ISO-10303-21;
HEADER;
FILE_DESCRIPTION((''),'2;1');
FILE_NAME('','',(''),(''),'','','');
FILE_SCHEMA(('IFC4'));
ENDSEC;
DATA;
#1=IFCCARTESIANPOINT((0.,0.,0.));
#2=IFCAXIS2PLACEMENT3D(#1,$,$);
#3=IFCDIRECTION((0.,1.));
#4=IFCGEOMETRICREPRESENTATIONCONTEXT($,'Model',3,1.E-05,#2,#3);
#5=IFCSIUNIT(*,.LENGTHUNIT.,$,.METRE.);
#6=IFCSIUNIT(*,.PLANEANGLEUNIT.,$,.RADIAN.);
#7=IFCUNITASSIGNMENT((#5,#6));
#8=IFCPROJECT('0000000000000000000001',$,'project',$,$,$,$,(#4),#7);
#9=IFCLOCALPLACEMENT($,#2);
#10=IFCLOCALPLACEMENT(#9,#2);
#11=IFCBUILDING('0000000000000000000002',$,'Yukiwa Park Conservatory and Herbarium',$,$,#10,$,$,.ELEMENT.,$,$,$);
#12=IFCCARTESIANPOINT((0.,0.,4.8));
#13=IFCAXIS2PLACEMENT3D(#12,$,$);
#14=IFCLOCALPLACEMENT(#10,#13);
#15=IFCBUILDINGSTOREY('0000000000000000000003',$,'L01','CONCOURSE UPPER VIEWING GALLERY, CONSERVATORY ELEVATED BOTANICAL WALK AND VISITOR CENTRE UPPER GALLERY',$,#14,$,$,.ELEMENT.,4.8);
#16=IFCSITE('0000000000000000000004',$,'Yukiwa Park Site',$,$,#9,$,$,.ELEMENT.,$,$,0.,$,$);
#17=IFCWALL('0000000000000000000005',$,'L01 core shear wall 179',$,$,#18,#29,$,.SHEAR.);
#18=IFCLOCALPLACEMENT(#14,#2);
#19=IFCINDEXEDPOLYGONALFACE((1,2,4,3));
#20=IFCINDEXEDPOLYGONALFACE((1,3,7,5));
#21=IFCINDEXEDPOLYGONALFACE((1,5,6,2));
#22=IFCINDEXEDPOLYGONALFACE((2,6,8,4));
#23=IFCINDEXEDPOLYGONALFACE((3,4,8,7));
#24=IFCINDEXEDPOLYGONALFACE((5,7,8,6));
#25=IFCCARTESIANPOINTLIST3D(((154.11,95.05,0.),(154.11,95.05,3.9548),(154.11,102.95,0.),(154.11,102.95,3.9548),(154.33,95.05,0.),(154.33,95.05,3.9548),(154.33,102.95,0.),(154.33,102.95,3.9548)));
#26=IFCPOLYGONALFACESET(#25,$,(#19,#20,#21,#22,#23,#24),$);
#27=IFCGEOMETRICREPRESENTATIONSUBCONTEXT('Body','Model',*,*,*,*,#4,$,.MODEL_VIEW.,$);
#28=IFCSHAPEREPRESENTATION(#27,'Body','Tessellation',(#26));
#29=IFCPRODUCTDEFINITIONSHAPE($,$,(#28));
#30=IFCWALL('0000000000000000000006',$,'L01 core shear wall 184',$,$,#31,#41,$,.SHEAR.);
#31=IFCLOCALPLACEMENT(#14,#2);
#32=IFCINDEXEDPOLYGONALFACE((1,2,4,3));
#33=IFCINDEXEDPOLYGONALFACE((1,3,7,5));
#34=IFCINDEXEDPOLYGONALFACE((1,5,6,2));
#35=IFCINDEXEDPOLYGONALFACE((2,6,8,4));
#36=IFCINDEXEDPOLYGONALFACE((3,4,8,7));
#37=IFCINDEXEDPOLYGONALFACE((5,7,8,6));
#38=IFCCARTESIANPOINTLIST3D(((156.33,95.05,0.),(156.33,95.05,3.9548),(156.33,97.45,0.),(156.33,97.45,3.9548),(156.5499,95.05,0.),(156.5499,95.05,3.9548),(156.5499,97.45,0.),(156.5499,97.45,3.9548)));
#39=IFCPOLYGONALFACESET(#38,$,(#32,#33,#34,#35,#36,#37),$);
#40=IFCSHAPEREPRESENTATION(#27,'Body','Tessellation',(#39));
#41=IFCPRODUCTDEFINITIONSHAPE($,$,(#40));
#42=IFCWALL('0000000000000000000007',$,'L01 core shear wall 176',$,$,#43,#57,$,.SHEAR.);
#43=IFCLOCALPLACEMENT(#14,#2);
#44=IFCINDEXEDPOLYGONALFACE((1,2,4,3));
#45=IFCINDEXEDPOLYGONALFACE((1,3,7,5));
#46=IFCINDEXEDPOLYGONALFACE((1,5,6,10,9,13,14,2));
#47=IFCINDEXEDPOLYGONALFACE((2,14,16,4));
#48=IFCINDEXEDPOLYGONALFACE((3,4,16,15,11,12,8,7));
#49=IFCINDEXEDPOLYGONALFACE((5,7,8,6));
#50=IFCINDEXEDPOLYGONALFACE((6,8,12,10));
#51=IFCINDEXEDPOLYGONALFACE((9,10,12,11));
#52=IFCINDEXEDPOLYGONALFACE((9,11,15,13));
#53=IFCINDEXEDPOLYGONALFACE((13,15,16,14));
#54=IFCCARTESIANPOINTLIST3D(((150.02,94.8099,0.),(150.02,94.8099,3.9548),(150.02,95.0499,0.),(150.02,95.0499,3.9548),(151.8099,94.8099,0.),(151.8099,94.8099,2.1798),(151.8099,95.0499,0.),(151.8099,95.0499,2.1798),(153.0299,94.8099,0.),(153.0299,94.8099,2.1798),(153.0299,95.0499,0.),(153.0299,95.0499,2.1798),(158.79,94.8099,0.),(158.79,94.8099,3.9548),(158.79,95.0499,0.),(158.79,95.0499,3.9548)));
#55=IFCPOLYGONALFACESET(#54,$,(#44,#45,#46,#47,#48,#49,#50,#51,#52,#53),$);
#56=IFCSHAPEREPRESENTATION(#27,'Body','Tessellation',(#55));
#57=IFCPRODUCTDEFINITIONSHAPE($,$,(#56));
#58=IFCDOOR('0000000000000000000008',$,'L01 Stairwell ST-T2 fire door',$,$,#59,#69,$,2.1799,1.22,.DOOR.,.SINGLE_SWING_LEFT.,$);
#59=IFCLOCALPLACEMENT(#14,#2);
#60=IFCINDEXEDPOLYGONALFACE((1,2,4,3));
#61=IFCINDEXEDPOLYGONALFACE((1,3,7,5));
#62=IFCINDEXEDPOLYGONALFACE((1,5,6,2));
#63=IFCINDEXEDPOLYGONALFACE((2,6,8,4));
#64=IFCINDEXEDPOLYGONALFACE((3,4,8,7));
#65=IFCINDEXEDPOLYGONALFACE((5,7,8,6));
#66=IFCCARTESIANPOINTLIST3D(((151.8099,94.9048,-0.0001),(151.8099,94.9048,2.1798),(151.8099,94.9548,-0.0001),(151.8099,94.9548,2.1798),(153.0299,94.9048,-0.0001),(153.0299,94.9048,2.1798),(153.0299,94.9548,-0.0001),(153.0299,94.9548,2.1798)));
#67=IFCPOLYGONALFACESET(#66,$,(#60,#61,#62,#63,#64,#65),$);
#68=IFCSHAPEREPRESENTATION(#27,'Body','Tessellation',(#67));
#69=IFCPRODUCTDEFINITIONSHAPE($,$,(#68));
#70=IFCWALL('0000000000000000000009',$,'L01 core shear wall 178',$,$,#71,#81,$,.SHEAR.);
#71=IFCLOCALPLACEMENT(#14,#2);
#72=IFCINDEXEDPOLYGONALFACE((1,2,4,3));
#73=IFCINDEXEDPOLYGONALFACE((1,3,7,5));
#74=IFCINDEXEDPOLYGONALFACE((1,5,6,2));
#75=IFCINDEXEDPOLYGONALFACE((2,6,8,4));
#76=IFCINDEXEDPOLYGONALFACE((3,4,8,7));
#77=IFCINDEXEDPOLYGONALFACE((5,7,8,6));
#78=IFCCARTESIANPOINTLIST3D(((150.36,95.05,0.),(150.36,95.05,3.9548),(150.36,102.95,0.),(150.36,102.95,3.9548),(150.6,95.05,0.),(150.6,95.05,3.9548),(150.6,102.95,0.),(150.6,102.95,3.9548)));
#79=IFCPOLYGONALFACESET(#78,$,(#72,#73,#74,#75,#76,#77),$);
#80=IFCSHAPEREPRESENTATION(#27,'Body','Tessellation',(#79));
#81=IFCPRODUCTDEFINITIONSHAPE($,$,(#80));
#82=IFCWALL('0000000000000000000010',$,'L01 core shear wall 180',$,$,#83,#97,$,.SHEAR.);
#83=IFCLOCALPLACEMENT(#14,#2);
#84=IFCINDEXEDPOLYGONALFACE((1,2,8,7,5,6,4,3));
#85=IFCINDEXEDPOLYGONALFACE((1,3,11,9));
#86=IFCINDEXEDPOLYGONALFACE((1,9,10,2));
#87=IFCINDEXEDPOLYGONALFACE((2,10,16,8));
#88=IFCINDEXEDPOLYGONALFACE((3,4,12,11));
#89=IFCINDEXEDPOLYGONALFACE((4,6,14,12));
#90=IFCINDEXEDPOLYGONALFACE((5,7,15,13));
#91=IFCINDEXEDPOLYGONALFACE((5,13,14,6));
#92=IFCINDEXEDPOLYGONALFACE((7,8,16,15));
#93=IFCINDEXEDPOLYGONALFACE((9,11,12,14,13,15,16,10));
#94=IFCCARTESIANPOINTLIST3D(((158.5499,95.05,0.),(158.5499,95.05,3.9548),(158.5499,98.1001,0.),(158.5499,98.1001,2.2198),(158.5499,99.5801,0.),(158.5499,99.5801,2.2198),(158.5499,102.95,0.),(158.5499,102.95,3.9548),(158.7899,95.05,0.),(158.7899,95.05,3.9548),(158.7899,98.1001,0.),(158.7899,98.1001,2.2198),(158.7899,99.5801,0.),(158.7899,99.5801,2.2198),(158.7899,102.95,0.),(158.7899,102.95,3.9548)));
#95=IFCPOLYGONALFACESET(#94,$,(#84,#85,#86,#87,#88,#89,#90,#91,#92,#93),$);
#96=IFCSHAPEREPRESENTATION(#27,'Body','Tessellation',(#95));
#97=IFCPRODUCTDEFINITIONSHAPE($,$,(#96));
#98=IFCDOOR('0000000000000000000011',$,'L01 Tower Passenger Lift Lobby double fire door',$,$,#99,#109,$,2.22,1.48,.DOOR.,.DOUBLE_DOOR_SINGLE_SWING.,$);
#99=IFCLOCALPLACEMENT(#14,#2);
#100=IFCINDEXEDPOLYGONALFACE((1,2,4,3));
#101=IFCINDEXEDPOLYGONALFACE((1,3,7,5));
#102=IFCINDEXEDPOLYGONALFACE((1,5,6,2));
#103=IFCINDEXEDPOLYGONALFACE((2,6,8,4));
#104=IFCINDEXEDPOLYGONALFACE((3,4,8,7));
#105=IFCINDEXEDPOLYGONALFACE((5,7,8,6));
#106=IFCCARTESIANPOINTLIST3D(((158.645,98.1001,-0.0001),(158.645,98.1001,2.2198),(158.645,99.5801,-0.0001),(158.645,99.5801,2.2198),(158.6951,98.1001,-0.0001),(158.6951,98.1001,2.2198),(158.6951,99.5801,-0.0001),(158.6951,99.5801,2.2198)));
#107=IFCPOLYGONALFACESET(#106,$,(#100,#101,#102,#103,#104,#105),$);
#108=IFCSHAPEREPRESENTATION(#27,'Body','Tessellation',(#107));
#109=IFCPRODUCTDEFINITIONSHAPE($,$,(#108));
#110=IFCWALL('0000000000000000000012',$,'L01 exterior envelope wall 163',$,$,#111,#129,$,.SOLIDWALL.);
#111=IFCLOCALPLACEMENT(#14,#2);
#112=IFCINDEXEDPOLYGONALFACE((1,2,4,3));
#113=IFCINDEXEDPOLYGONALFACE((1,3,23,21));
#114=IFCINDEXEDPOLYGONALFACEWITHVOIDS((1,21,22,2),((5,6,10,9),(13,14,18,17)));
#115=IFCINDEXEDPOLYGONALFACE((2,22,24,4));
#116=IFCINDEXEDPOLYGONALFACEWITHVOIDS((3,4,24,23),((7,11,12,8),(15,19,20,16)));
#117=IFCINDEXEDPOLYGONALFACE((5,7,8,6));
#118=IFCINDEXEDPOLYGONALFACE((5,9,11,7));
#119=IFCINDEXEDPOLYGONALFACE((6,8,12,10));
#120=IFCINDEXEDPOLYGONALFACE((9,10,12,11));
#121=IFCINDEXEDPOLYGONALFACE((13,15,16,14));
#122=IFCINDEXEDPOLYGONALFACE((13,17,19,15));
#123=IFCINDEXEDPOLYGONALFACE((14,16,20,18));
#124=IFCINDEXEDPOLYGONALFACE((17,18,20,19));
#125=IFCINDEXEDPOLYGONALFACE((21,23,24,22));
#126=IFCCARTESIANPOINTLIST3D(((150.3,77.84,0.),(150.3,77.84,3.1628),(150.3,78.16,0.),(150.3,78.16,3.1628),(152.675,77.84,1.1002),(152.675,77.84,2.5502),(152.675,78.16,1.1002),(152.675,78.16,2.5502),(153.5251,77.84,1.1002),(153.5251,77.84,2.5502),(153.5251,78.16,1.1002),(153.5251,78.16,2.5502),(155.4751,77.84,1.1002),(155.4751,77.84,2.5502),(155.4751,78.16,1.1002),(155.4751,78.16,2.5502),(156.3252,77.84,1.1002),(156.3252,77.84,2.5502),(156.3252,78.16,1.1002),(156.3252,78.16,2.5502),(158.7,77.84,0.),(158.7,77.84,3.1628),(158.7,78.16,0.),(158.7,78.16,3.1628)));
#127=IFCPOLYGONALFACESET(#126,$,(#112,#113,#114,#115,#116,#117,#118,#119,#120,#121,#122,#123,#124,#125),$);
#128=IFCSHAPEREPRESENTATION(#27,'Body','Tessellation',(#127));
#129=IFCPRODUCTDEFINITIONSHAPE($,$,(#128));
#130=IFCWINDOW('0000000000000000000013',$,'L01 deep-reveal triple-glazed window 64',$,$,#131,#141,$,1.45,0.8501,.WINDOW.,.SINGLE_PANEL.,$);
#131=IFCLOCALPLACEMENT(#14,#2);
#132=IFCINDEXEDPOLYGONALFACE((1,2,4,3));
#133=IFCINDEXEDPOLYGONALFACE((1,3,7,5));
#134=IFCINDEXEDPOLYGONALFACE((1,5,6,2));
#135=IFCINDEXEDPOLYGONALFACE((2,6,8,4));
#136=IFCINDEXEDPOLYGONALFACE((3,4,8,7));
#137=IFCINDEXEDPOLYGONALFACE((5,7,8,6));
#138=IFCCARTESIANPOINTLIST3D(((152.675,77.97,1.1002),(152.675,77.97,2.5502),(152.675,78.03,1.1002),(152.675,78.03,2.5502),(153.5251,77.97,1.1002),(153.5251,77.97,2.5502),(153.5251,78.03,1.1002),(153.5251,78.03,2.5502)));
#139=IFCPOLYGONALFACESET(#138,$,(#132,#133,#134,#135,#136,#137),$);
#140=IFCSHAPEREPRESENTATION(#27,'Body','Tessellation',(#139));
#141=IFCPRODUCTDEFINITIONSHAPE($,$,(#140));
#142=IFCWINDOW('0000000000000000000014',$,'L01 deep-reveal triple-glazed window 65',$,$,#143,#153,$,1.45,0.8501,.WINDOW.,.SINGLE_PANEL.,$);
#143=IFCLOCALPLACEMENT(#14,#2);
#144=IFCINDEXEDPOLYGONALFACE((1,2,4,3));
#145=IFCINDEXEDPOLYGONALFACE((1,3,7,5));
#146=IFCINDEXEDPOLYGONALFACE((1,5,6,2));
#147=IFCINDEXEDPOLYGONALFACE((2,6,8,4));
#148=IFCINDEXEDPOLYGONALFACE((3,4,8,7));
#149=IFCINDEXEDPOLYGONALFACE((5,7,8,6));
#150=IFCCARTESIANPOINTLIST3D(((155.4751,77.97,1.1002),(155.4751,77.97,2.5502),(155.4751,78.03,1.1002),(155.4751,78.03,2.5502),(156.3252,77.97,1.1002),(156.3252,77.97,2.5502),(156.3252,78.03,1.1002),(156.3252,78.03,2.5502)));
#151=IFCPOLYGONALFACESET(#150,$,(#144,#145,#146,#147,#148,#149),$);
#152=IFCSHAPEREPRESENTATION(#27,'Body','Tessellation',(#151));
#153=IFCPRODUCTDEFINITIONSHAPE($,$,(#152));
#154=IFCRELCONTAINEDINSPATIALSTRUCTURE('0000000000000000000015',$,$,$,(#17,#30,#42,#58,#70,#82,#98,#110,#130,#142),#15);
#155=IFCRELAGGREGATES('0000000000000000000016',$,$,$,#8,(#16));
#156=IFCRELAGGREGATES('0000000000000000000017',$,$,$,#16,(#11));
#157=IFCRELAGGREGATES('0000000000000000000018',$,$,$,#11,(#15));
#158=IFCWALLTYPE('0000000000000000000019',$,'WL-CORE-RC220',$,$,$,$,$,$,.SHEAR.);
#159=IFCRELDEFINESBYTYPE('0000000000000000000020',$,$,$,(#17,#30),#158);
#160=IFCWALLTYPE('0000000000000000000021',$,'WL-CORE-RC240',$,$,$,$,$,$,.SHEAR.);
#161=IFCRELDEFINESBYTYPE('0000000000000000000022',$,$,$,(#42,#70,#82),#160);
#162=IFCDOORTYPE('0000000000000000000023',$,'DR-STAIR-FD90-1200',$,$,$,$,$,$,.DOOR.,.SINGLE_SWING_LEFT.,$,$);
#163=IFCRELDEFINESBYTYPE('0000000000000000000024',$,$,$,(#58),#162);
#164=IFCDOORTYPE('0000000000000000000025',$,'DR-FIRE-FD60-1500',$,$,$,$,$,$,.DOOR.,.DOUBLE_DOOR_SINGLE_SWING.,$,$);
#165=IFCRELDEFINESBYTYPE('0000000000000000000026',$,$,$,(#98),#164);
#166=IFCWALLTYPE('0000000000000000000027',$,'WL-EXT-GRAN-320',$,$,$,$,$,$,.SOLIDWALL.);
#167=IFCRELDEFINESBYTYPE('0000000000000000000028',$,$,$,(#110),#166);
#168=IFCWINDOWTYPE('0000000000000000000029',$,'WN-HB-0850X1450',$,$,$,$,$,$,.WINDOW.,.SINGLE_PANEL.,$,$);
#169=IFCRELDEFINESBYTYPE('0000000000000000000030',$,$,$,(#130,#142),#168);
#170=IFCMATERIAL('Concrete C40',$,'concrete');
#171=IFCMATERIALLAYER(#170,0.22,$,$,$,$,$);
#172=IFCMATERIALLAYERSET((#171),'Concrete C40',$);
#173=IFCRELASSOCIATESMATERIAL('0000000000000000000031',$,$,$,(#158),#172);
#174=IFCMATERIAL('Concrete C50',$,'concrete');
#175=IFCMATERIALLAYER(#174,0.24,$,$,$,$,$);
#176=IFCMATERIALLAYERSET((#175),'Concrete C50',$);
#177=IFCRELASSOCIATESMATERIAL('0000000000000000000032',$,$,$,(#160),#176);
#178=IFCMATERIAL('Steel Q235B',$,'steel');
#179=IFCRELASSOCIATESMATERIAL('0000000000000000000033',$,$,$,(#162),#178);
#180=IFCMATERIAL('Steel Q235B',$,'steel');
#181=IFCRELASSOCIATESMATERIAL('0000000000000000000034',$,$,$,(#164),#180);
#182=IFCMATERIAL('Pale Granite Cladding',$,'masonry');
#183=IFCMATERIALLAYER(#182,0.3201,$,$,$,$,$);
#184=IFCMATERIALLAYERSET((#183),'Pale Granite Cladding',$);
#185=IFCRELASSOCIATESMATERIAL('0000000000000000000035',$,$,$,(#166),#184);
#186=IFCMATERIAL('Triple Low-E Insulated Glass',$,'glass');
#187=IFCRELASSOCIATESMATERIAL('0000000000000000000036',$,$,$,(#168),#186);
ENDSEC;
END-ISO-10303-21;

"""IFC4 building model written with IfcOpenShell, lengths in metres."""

from ifc_helpers import new_model, si_unit, direction, frame, frame_2d, origin, place, context, subcontext, project, spatial, rectangle, extrude, material, layer, layer_set, type_object, element, fill, save


model = new_model("IFC4")

# Units and contexts
model_context = context("Model", 3, precision=1e-05, world=origin(), true_north=direction((0.0, 1.0)))
body_context = subcontext(model_context, "Body", "Model", "MODEL_VIEW")
ifc_project = project(units=[si_unit("LENGTHUNIT", "METRE"), si_unit("PLANEANGLEUNIT", "RADIAN")], contexts=[model_context])

# Site, building, storey
site_placement = place(None, origin())
site = spatial("IfcSite", under=ifc_project, at=site_placement, Name="Yukiwa Park Site", CompositionType="ELEMENT", RefElevation=0.0)
building_placement = place(site_placement, origin())
building = spatial("IfcBuilding", under=site, at=building_placement, Name="Yukiwa Park Conservatory and Herbarium", CompositionType="ELEMENT")
storey_placement = place(building_placement, frame((0.0, 0.0, 4.8)))
storey = spatial("IfcBuildingStorey", under=building, at=storey_placement, Name="L01", Description="CONCOURSE UPPER VIEWING GALLERY, CONSERVATORY ELEVATED BOTANICAL WALK AND VISITOR CENTRE UPPER GALLERY", CompositionType="ELEMENT", Elevation=4.8)

# Walls
ifc_material_1 = material(Name="Concrete C40", Category="concrete")
ifc_layer_1 = layer(ifc_material_1, 0.22)
ifc_layer_set_1 = layer_set([ifc_layer_1], Name="Concrete C40")
wall_type_1 = type_object("IfcWallType", Name="WL-CORE-RC220", PredefinedType="SHEAR", material=ifc_layer_set_1)
wall_1_placement = place(storey_placement, frame((154.22, 95.05, 0.0), z_axis=(0.0, 0.0, 1.0), x_axis=(0.0, 1.0, 0.0)))
element("IfcWall", 1, at=wall_1_placement, inside=storey, type_object=wall_type_1, Name="L01 core shear wall 179", PredefinedType="SHEAR", context=body_context, shape_type="SweptSolid", body=[
    extrude(rectangle(XDim=7.8999, YDim=0.22, at=frame_2d((3.95, 0.0))), origin(), (0.0, 0.0, 1.0), 3.9548),
])
wall_2_placement = place(storey_placement, frame((156.4399, 95.05, 0.0), z_axis=(0.0, 0.0, 1.0), x_axis=(0.0, 1.0, 0.0)))
element("IfcWall", 2, at=wall_2_placement, inside=storey, type_object=wall_type_1, Name="L01 core shear wall 184", PredefinedType="SHEAR", context=body_context, shape_type="SweptSolid", body=[
    extrude(rectangle(XDim=2.3999, YDim=0.22, at=frame_2d((1.2, 0.0))), origin(), (0.0, 0.0, 1.0), 3.9548),
])

# Wall, opening, door
ifc_material_2 = material(Name="Concrete C50", Category="concrete")
ifc_layer_2 = layer(ifc_material_2, 0.24)
ifc_layer_set_2 = layer_set([ifc_layer_2], Name="Concrete C50")
wall_type_2 = type_object("IfcWallType", Name="WL-CORE-RC240", PredefinedType="SHEAR", material=ifc_layer_set_2)
wall_3_placement = place(storey_placement, frame((150.02, 94.9299, 0.0), z_axis=(0.0, 0.0, 1.0), x_axis=(1.0, 0.0, 0.0)))
wall_3 = element("IfcWall", 3, at=wall_3_placement, inside=storey, type_object=wall_type_2, Name="L01 core shear wall 176", PredefinedType="SHEAR", context=body_context, shape_type="SweptSolid", body=[
    extrude(rectangle(XDim=8.77, YDim=0.24, at=frame_2d((4.385, 0.0))), origin(), (0.0, 0.0, 1.0), 3.9548),
])
opening_1_placement = place(wall_3_placement, frame((1.79, 0.0, 0.0)))
opening_1 = element("IfcOpeningElement", 4, at=opening_1_placement, cuts=wall_3, PredefinedType="OPENING", context=body_context, shape_type="SweptSolid", body=[
    extrude(rectangle(XDim=1.22, YDim=2.1799, at=frame_2d((0.6099, 1.0898))), frame((0.0, 0.1299, 0.0), z_axis=(0.0, -1.0, 0.0), x_axis=(1.0, 0.0, 0.0)), (0.0, 0.0, 1.0), 0.26),
])
ifc_material_3 = material(Name="Steel Q235B", Category="steel")
door_type_1 = type_object("IfcDoorType", Name="DR-STAIR-FD90-1200", OperationType="SINGLE_SWING_LEFT", PredefinedType="DOOR", material=ifc_material_3)
door_1_placement = place(opening_1_placement, origin())
door_1 = element("IfcDoor", 5, at=door_1_placement, inside=storey, type_object=door_type_1, Name="L01 Stairwell ST-T2 fire door", OperationType="SINGLE_SWING_LEFT", OverallHeight=2.1799, OverallWidth=1.22, PredefinedType="DOOR", context=body_context, shape_type="SweptSolid", body=[
    extrude(rectangle(XDim=1.22, YDim=2.1799, at=frame_2d((0.6099, 1.0898))), frame((0.0, 0.0249, 0.0), z_axis=(0.0, -1.0, 0.0), x_axis=(1.0, 0.0, 0.0)), (0.0, 0.0, 1.0), 0.05),
])
fill(opening_1, door_1)

# Wall
wall_4_placement = place(storey_placement, frame((150.48, 95.05, 0.0), z_axis=(0.0, 0.0, 1.0), x_axis=(0.0, 1.0, 0.0)))
element("IfcWall", 6, at=wall_4_placement, inside=storey, type_object=wall_type_2, Name="L01 core shear wall 178", PredefinedType="SHEAR", context=body_context, shape_type="SweptSolid", body=[
    extrude(rectangle(XDim=7.8999, YDim=0.24, at=frame_2d((3.95, 0.0))), origin(), (0.0, 0.0, 1.0), 3.9548),
])

# Wall, opening, door
wall_5_placement = place(storey_placement, frame((158.6699, 95.05, 0.0), z_axis=(0.0, 0.0, 1.0), x_axis=(0.0, 1.0, 0.0)))
wall_5 = element("IfcWall", 7, at=wall_5_placement, inside=storey, type_object=wall_type_2, Name="L01 core shear wall 180", PredefinedType="SHEAR", context=body_context, shape_type="SweptSolid", body=[
    extrude(rectangle(XDim=7.8999, YDim=0.24, at=frame_2d((3.95, 0.0))), origin(), (0.0, 0.0, 1.0), 3.9548),
])
opening_2_placement = place(wall_5_placement, frame((3.05, 0.0, 0.0)))
opening_2 = element("IfcOpeningElement", 8, at=opening_2_placement, cuts=wall_5, PredefinedType="OPENING", context=body_context, shape_type="SweptSolid", body=[
    extrude(rectangle(XDim=1.48, YDim=2.22, at=frame_2d((0.74, 1.1099))), frame((0.0, 0.1299, 0.0), z_axis=(0.0, -1.0, 0.0), x_axis=(1.0, 0.0, 0.0)), (0.0, 0.0, 1.0), 0.26),
])
ifc_material_4 = material(Name="Steel Q235B", Category="steel")
door_type_2 = type_object("IfcDoorType", Name="DR-FIRE-FD60-1500", OperationType="DOUBLE_DOOR_SINGLE_SWING", PredefinedType="DOOR", material=ifc_material_4)
door_2_placement = place(opening_2_placement, origin())
door_2 = element("IfcDoor", 9, at=door_2_placement, inside=storey, type_object=door_type_2, Name="L01 Tower Passenger Lift Lobby double fire door", OperationType="DOUBLE_DOOR_SINGLE_SWING", OverallHeight=2.22, OverallWidth=1.48, PredefinedType="DOOR", context=body_context, shape_type="SweptSolid", body=[
    extrude(rectangle(XDim=1.48, YDim=2.22, at=frame_2d((0.74, 1.1099))), frame((0.0, 0.0249, 0.0), z_axis=(0.0, -1.0, 0.0), x_axis=(1.0, 0.0, 0.0)), (0.0, 0.0, 1.0), 0.05),
])
fill(opening_2, door_2)

# Wall, openings, windows
ifc_material_5 = material(Name="Pale Granite Cladding", Category="masonry")
ifc_layer_3 = layer(ifc_material_5, 0.3201)
ifc_layer_set_3 = layer_set([ifc_layer_3], Name="Pale Granite Cladding")
wall_type_3 = type_object("IfcWallType", Name="WL-EXT-GRAN-320", PredefinedType="SOLIDWALL", material=ifc_layer_set_3)
wall_6_placement = place(storey_placement, frame((150.3, 78.0, 0.0), z_axis=(0.0, 0.0, 1.0), x_axis=(1.0, 0.0, 0.0)))
wall_6 = element("IfcWall", 10, at=wall_6_placement, inside=storey, type_object=wall_type_3, Name="L01 exterior envelope wall 163", PredefinedType="SOLIDWALL", context=body_context, shape_type="SweptSolid", body=[
    extrude(rectangle(XDim=8.3999, YDim=0.3201, at=frame_2d((4.2, 0.0))), origin(), (0.0, 0.0, 1.0), 3.1628),
])
opening_3_placement = place(wall_6_placement, frame((2.375, 0.0, 1.1001)))
opening_3 = element("IfcOpeningElement", 11, at=opening_3_placement, cuts=wall_6, PredefinedType="OPENING", context=body_context, shape_type="SweptSolid", body=[
    extrude(rectangle(XDim=0.8501, YDim=1.45, at=frame_2d((0.425, 0.7251))), frame((0.0, 0.1699, 0.0), z_axis=(0.0, -1.0, 0.0), x_axis=(1.0, 0.0, 0.0)), (0.0, 0.0, 1.0), 0.3401),
])
opening_4_placement = place(wall_6_placement, frame((5.175, 0.0, 1.1001)))
opening_4 = element("IfcOpeningElement", 12, at=opening_4_placement, cuts=wall_6, PredefinedType="OPENING", context=body_context, shape_type="SweptSolid", body=[
    extrude(rectangle(XDim=0.8501, YDim=1.45, at=frame_2d((0.425, 0.7251))), frame((0.0, 0.1699, 0.0), z_axis=(0.0, -1.0, 0.0), x_axis=(1.0, 0.0, 0.0)), (0.0, 0.0, 1.0), 0.3401),
])
ifc_material_6 = material(Name="Triple Low-E Insulated Glass", Category="glass")
window_type = type_object("IfcWindowType", Name="WN-HB-0850X1450", PartitioningType="SINGLE_PANEL", PredefinedType="WINDOW", material=ifc_material_6)
window_1_placement = place(opening_3_placement, origin())
window_1 = element("IfcWindow", 13, at=window_1_placement, inside=storey, type_object=window_type, Name="L01 deep-reveal triple-glazed window 64", OverallHeight=1.45, OverallWidth=0.8501, PartitioningType="SINGLE_PANEL", PredefinedType="WINDOW", context=body_context, shape_type="SweptSolid", body=[
    extrude(rectangle(XDim=0.8501, YDim=1.45, at=frame_2d((0.425, 0.7251))), frame((0.0, 0.03, 0.0), z_axis=(0.0, -1.0, 0.0), x_axis=(1.0, 0.0, 0.0)), (0.0, 0.0, 1.0), 0.0601),
])
fill(opening_3, window_1)
window_2_placement = place(opening_4_placement, origin())
window_2 = element("IfcWindow", 14, at=window_2_placement, inside=storey, type_object=window_type, Name="L01 deep-reveal triple-glazed window 65", OverallHeight=1.45, OverallWidth=0.8501, PartitioningType="SINGLE_PANEL", PredefinedType="WINDOW", context=body_context, shape_type="SweptSolid", body=[
    extrude(rectangle(XDim=0.8501, YDim=1.45, at=frame_2d((0.425, 0.7251))), frame((0.0, 0.03, 0.0), z_axis=(0.0, -1.0, 0.0), x_axis=(1.0, 0.0, 0.0)), (0.0, 0.0, 1.0), 0.0601),
])
fill(opening_4, window_2)

save(model, "model.ifc")
